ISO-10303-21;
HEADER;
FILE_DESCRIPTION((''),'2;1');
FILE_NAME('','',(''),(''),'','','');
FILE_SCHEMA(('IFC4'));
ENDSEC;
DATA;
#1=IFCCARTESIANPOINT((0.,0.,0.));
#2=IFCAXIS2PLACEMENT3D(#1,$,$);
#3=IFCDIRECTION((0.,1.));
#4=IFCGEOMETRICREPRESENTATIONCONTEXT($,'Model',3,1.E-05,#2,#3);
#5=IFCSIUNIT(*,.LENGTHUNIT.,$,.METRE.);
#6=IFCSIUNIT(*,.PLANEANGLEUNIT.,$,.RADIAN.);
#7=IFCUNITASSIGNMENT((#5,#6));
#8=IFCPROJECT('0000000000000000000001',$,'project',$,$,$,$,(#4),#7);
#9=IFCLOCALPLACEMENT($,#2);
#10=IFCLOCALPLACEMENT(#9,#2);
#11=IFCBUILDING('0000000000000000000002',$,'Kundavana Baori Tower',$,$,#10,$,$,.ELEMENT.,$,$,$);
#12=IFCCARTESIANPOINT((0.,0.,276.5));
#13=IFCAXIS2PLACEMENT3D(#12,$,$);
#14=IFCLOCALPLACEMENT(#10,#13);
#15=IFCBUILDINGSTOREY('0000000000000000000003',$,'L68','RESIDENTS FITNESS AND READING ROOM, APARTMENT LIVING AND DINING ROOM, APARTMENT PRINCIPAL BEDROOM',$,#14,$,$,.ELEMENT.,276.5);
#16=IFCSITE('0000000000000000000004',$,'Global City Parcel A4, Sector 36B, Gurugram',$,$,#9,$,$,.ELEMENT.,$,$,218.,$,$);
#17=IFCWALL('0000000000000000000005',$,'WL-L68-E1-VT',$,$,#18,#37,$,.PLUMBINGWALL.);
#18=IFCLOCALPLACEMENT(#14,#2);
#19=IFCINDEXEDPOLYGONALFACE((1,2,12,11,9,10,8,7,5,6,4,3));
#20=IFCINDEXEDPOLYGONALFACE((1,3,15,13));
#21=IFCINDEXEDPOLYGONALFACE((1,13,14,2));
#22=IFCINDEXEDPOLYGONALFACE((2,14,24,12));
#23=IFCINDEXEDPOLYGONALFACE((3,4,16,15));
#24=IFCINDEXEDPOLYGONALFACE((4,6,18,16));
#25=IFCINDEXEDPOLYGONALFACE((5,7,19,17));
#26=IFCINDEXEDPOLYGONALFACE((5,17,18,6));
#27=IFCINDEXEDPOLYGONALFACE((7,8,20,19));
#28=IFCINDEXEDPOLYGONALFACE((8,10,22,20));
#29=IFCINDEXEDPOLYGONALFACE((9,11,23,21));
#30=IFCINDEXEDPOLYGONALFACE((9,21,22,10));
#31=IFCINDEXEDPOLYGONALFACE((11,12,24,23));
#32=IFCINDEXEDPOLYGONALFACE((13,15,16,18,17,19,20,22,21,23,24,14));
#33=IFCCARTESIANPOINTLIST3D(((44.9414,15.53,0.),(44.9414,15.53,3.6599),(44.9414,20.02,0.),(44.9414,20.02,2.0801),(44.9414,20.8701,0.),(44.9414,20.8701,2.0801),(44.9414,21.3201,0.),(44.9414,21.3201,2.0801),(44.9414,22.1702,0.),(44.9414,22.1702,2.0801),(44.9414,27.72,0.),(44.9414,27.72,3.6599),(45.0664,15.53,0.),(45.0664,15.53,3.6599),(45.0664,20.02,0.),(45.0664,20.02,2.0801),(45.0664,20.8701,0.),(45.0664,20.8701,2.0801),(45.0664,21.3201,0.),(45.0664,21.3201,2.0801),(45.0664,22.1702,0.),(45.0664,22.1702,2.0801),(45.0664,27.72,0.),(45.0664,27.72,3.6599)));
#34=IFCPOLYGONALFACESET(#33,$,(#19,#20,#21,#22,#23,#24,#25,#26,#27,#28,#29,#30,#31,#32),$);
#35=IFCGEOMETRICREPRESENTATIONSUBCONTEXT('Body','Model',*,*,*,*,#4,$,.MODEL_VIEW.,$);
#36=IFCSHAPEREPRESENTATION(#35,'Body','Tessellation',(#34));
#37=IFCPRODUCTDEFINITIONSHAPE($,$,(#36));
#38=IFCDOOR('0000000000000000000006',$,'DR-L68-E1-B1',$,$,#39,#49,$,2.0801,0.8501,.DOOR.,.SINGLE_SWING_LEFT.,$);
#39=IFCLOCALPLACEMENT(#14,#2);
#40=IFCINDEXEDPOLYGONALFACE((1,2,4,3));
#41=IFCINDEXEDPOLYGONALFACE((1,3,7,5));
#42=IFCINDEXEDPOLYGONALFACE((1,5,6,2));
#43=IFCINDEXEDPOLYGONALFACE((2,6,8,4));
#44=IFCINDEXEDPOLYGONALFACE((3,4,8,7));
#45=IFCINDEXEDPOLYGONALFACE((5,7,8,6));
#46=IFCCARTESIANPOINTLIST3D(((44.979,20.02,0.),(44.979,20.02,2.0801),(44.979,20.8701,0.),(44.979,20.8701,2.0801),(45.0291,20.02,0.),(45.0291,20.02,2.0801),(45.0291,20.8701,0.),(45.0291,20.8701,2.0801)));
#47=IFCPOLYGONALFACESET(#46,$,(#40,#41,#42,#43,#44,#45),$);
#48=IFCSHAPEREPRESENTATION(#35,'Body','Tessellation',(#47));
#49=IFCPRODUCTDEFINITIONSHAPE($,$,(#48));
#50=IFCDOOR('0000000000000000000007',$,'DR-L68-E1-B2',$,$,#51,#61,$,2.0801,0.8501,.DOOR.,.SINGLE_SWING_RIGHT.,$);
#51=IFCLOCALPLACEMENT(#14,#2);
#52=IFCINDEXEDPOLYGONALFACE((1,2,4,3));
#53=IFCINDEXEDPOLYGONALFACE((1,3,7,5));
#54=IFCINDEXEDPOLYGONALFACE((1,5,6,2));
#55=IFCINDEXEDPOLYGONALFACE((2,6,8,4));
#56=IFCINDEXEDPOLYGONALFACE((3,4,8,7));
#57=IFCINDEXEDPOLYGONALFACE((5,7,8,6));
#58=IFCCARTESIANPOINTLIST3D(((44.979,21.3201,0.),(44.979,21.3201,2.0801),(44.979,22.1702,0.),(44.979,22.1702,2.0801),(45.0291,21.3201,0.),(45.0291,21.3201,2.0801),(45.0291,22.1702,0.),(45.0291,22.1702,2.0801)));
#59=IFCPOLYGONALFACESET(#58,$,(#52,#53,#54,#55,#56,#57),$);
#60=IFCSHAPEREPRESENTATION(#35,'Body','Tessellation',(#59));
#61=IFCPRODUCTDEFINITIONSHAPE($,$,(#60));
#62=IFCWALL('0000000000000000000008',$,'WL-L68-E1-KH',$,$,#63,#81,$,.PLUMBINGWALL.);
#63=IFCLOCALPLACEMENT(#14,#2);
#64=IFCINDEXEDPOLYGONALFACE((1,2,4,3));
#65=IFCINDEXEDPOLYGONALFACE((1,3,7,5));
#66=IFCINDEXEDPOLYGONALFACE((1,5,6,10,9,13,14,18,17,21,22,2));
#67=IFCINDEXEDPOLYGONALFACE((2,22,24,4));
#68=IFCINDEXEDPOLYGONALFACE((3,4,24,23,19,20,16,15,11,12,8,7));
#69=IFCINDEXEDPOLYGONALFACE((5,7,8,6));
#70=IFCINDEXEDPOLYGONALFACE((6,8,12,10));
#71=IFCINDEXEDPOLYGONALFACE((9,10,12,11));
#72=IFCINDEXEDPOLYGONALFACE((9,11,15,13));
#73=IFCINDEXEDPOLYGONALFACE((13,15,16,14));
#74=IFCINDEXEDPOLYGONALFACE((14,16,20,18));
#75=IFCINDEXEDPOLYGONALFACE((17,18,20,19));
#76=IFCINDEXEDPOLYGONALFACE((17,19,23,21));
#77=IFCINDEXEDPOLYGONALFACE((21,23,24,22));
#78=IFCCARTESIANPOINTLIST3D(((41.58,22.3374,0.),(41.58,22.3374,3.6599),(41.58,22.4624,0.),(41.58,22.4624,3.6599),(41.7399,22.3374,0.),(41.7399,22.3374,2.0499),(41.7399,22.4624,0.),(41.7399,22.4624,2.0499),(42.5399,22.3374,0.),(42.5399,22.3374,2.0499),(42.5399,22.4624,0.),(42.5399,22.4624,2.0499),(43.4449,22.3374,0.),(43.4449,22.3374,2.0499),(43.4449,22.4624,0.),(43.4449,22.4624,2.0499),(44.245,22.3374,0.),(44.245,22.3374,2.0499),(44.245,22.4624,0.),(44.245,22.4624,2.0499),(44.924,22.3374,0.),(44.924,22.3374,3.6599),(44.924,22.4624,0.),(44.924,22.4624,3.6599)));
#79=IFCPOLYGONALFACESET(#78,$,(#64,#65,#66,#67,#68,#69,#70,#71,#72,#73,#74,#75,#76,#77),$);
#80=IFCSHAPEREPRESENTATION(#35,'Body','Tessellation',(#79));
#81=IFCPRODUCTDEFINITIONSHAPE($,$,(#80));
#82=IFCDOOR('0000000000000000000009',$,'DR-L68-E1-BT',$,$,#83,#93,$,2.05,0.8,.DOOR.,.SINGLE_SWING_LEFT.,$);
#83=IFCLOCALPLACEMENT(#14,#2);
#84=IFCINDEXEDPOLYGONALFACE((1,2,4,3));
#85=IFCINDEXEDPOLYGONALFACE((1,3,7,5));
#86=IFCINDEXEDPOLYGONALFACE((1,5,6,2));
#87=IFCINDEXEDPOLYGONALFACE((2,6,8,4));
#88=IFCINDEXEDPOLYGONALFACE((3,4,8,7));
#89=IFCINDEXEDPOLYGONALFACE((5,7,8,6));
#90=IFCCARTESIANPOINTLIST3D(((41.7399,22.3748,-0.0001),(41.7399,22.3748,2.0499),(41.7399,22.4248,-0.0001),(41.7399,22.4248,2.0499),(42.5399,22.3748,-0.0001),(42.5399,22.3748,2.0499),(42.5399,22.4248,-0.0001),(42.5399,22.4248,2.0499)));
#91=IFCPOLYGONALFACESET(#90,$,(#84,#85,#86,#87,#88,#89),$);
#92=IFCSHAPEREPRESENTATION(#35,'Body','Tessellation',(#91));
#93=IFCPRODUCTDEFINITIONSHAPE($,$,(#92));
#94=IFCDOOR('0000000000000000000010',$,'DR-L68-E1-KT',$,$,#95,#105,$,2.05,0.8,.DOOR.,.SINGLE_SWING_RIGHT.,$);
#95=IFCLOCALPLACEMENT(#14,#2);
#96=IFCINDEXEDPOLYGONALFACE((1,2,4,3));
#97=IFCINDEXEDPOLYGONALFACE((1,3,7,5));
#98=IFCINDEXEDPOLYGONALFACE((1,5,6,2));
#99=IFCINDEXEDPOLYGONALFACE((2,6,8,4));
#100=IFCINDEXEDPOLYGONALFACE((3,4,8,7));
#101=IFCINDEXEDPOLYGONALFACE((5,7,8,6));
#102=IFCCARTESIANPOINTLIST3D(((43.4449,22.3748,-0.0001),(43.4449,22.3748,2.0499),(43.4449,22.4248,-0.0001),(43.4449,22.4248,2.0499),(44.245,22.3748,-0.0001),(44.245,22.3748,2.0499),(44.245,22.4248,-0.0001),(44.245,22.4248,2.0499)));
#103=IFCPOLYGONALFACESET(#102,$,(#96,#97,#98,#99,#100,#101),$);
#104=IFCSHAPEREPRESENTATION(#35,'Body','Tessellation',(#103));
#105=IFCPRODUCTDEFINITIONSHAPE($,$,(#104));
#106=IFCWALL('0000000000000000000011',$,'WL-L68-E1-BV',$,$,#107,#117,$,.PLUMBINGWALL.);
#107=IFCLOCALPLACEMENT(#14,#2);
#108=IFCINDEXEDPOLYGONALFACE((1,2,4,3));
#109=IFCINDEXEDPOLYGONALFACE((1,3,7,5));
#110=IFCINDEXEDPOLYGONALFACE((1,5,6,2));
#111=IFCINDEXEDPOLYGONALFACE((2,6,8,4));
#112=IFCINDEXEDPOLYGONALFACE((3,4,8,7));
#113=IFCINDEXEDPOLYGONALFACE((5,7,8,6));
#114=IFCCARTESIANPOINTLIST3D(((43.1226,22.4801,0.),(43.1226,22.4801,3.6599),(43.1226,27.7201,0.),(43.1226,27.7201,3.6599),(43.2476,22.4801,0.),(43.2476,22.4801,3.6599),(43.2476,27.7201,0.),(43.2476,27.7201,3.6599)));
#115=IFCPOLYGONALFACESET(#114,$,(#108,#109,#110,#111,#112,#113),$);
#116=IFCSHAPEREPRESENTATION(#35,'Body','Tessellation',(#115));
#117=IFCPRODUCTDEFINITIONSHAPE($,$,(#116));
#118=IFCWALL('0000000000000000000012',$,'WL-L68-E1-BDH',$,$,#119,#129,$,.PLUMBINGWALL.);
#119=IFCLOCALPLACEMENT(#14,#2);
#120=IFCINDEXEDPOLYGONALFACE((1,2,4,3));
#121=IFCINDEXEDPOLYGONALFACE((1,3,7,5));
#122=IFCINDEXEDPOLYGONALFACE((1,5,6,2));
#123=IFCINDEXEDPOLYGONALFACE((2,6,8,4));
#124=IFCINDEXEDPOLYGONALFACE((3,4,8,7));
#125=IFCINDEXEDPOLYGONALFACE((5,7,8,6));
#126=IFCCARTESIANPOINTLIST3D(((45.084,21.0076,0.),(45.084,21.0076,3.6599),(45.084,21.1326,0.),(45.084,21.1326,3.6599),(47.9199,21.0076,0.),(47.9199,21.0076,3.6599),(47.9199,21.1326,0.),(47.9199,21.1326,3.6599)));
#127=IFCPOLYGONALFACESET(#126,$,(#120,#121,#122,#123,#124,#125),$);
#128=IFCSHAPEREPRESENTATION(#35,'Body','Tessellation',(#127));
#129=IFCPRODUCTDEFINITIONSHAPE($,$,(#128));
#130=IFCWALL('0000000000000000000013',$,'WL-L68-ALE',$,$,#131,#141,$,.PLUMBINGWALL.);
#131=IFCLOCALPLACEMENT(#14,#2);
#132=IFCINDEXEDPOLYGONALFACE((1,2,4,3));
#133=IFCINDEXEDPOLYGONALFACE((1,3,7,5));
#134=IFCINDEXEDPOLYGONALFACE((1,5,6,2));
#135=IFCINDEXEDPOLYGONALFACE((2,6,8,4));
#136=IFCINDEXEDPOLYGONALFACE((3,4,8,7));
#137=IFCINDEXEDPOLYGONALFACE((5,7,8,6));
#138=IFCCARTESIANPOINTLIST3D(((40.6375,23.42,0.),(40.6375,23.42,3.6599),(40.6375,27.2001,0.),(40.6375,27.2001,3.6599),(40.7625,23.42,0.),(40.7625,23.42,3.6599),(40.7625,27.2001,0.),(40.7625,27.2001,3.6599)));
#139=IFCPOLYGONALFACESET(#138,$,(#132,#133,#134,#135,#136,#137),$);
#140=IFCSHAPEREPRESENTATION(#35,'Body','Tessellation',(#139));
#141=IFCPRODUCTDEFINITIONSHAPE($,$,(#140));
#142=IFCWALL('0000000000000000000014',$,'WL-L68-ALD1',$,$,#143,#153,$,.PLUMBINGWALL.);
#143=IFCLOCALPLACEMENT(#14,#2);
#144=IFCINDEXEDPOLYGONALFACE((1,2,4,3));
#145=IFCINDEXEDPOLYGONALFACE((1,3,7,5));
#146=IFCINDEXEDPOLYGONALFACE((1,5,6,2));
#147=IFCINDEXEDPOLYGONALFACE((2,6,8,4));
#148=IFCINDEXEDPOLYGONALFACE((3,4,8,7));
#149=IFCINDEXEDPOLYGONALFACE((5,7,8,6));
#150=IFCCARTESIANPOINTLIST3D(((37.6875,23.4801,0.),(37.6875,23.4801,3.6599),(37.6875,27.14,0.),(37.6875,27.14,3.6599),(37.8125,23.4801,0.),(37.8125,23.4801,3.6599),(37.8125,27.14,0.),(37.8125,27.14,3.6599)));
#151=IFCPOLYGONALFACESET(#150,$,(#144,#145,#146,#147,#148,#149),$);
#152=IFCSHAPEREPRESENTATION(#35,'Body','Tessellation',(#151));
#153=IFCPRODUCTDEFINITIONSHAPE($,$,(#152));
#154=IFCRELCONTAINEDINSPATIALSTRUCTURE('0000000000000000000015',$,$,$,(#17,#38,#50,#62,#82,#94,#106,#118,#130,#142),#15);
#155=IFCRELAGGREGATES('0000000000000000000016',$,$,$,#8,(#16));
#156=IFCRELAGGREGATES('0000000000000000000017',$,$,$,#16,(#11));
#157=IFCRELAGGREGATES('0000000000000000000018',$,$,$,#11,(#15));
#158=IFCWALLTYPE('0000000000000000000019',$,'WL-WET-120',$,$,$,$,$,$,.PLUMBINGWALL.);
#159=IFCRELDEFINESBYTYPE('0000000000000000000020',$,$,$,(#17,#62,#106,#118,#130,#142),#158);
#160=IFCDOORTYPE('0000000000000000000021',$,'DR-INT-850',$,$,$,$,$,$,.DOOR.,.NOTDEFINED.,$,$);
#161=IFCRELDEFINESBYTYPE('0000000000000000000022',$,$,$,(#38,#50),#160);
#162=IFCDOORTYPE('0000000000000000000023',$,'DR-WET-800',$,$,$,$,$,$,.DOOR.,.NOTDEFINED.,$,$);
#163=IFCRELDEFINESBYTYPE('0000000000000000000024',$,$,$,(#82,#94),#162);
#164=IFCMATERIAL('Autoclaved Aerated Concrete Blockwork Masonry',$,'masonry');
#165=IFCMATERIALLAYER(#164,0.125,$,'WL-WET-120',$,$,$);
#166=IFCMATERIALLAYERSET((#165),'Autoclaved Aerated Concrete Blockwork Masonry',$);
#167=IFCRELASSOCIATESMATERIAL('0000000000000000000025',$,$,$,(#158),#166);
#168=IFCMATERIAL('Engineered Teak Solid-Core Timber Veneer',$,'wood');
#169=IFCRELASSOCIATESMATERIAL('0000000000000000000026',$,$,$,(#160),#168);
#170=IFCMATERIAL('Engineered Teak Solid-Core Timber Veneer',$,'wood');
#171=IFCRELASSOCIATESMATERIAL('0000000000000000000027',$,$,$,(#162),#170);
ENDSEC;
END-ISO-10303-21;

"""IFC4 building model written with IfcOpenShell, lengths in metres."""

from ifc_helpers import new_model, si_unit, direction, frame, frame_2d, origin, place, context, subcontext, project, spatial, rectangle, extrude, material, layer, layer_set, type_object, element, fill, save


model = new_model("IFC4")

# Units and contexts
model_context = context("Model", 3, precision=1e-05, world=origin(), true_north=direction((0.0, 1.0)))
body_context = subcontext(model_context, "Body", "Model", "MODEL_VIEW")
ifc_project = project(units=[si_unit("LENGTHUNIT", "METRE"), si_unit("PLANEANGLEUNIT", "RADIAN")], contexts=[model_context])

# Site, building, storey
site_placement = place(None, origin())
site = spatial("IfcSite", under=ifc_project, at=site_placement, Name="Global City Parcel A4, Sector 36B, Gurugram", CompositionType="ELEMENT", RefElevation=218.0)
building_placement = place(site_placement, origin())
building = spatial("IfcBuilding", under=site, at=building_placement, Name="Kundavana Baori Tower", CompositionType="ELEMENT")
storey_placement = place(building_placement, frame((0.0, 0.0, 276.5)))
storey = spatial("IfcBuildingStorey", under=building, at=storey_placement, Name="L68", Description="RESIDENTS FITNESS AND READING ROOM, APARTMENT LIVING AND DINING ROOM, APARTMENT PRINCIPAL BEDROOM", CompositionType="ELEMENT", Elevation=276.5)

# Shared definitions
ifc_material_1 = material(Name="Autoclaved Aerated Concrete Blockwork Masonry", Category="masonry")
ifc_layer = layer(ifc_material_1, 0.125, Name="WL-WET-120")
ifc_layer_set = layer_set([ifc_layer], Name="Autoclaved Aerated Concrete Blockwork Masonry")
wall_type = type_object("IfcWallType", Name="WL-WET-120", PredefinedType="PLUMBINGWALL", material=ifc_layer_set)
ifc_material_2 = material(Name="Engineered Teak Solid-Core Timber Veneer", Category="wood")
door_type_1 = type_object("IfcDoorType", Name="DR-INT-850", OperationType="NOTDEFINED", PredefinedType="DOOR", material=ifc_material_2)
ifc_material_3 = material(Name="Engineered Teak Solid-Core Timber Veneer", Category="wood")
door_type_2 = type_object("IfcDoorType", Name="DR-WET-800", OperationType="NOTDEFINED", PredefinedType="DOOR", material=ifc_material_3)

# Walls, openings, doors
wall_1_placement = place(storey_placement, frame((45.0039, 15.53, 0.0), z_axis=(0.0, 0.0, 1.0), x_axis=(0.0, 1.0, 0.0)))
wall_1 = element("IfcWall", 1, at=wall_1_placement, inside=storey, type_object=wall_type, Name="WL-L68-E1-VT", PredefinedType="PLUMBINGWALL", context=body_context, shape_type="SweptSolid", body=[
    extrude(rectangle(XDim=12.1899, YDim=0.125, at=frame_2d((6.095, 0.0))), origin(), (0.0, 0.0, 1.0), 3.6599),
])
opening_1_placement = place(wall_1_placement, frame((4.49, 0.0, 0.0)))
opening_1 = element("IfcOpeningElement", 2, at=opening_1_placement, cuts=wall_1, PredefinedType="OPENING", context=body_context, shape_type="SweptSolid", body=[
    extrude(rectangle(XDim=0.8501, YDim=2.0801, at=frame_2d((0.425, 1.04))), frame((0.0, 0.0725, 0.0), z_axis=(0.0, -1.0, 0.0), x_axis=(1.0, 0.0, 0.0)), (0.0, 0.0, 1.0), 0.145),
])
opening_2_placement = place(wall_1_placement, frame((5.79, 0.0, 0.0)))
opening_2 = element("IfcOpeningElement", 3, at=opening_2_placement, cuts=wall_1, PredefinedType="OPENING", context=body_context, shape_type="SweptSolid", body=[
    extrude(rectangle(XDim=0.8501, YDim=2.0801, at=frame_2d((0.425, 1.04))), frame((0.0, 0.0725, 0.0), z_axis=(0.0, -1.0, 0.0), x_axis=(1.0, 0.0, 0.0)), (0.0, 0.0, 1.0), 0.145),
])
door_1_placement = place(opening_1_placement, origin())
door_1 = element("IfcDoor", 4, at=door_1_placement, inside=storey, type_object=door_type_1, Name="DR-L68-E1-B1", OperationType="SINGLE_SWING_LEFT", OverallHeight=2.0801, OverallWidth=0.8501, PredefinedType="DOOR", context=body_context, shape_type="SweptSolid", body=[
    extrude(rectangle(XDim=0.8501, YDim=2.0801, at=frame_2d((0.425, 1.04))), frame((0.0, 0.0249, 0.0), z_axis=(0.0, -1.0, 0.0), x_axis=(1.0, 0.0, 0.0)), (0.0, 0.0, 1.0), 0.05),
])
fill(opening_1, door_1)
door_2_placement = place(opening_2_placement, origin())
door_2 = element("IfcDoor", 5, at=door_2_placement, inside=storey, type_object=door_type_1, Name="DR-L68-E1-B2", OperationType="SINGLE_SWING_RIGHT", OverallHeight=2.0801, OverallWidth=0.8501, PredefinedType="DOOR", context=body_context, shape_type="SweptSolid", body=[
    extrude(rectangle(XDim=0.8501, YDim=2.0801, at=frame_2d((0.425, 1.04))), frame((0.0, 0.0249, 0.0), z_axis=(0.0, -1.0, 0.0), x_axis=(1.0, 0.0, 0.0)), (0.0, 0.0, 1.0), 0.05),
])
fill(opening_2, door_2)
wall_2_placement = place(storey_placement, frame((41.5801, 22.3999, 0.0), z_axis=(0.0, 0.0, 1.0), x_axis=(1.0, 0.0, 0.0)))
wall_2 = element("IfcWall", 6, at=wall_2_placement, inside=storey, type_object=wall_type, Name="WL-L68-E1-KH", PredefinedType="PLUMBINGWALL", context=body_context, shape_type="SweptSolid", body=[
    extrude(rectangle(XDim=3.344, YDim=0.125, at=frame_2d((1.6719, 0.0))), origin(), (0.0, 0.0, 1.0), 3.6599),
])
opening_3_placement = place(wall_2_placement, frame((0.1599, 0.0, 0.0)))
opening_3 = element("IfcOpeningElement", 7, at=opening_3_placement, cuts=wall_2, PredefinedType="OPENING", context=body_context, shape_type="SweptSolid", body=[
    extrude(rectangle(XDim=0.8, YDim=2.05, at=frame_2d((0.3999, 1.0249))), frame((0.0, 0.0725, 0.0), z_axis=(0.0, -1.0, 0.0), x_axis=(1.0, 0.0, 0.0)), (0.0, 0.0, 1.0), 0.145),
])
opening_4_placement = place(wall_2_placement, frame((1.865, 0.0, 0.0)))
opening_4 = element("IfcOpeningElement", 8, at=opening_4_placement, cuts=wall_2, PredefinedType="OPENING", context=body_context, shape_type="SweptSolid", body=[
    extrude(rectangle(XDim=0.8, YDim=2.05, at=frame_2d((0.3999, 1.0249))), frame((0.0, 0.0725, 0.0), z_axis=(0.0, -1.0, 0.0), x_axis=(1.0, 0.0, 0.0)), (0.0, 0.0, 1.0), 0.145),
])
door_3_placement = place(opening_3_placement, origin())
door_3 = element("IfcDoor", 9, at=door_3_placement, inside=storey, type_object=door_type_2, Name="DR-L68-E1-BT", OperationType="SINGLE_SWING_LEFT", OverallHeight=2.05, OverallWidth=0.8, PredefinedType="DOOR", context=body_context, shape_type="SweptSolid", body=[
    extrude(rectangle(XDim=0.8, YDim=2.05, at=frame_2d((0.3999, 1.0249))), frame((0.0, 0.0249, 0.0), z_axis=(0.0, -1.0, 0.0), x_axis=(1.0, 0.0, 0.0)), (0.0, 0.0, 1.0), 0.05),
])
fill(opening_3, door_3)
door_4_placement = place(opening_4_placement, origin())
door_4 = element("IfcDoor", 10, at=door_4_placement, inside=storey, type_object=door_type_2, Name="DR-L68-E1-KT", OperationType="SINGLE_SWING_RIGHT", OverallHeight=2.05, OverallWidth=0.8, PredefinedType="DOOR", context=body_context, shape_type="SweptSolid", body=[
    extrude(rectangle(XDim=0.8, YDim=2.05, at=frame_2d((0.3999, 1.0249))), frame((0.0, 0.0249, 0.0), z_axis=(0.0, -1.0, 0.0), x_axis=(1.0, 0.0, 0.0)), (0.0, 0.0, 1.0), 0.05),
])
fill(opening_4, door_4)

# Walls
wall_3_placement = place(storey_placement, frame((43.1851, 22.48, 0.0), z_axis=(0.0, 0.0, 1.0), x_axis=(0.0, 1.0, 0.0)))
element("IfcWall", 11, at=wall_3_placement, inside=storey, type_object=wall_type, Name="WL-L68-E1-BV", PredefinedType="PLUMBINGWALL", context=body_context, shape_type="SweptSolid", body=[
    extrude(rectangle(XDim=5.24, YDim=0.125, at=frame_2d((2.6201, 0.0))), origin(), (0.0, 0.0, 1.0), 3.6599),
])
wall_4_placement = place(storey_placement, frame((45.084, 21.0701, 0.0), z_axis=(0.0, 0.0, 1.0), x_axis=(1.0, 0.0, 0.0)))
element("IfcWall", 12, at=wall_4_placement, inside=storey, type_object=wall_type, Name="WL-L68-E1-BDH", PredefinedType="PLUMBINGWALL", context=body_context, shape_type="SweptSolid", body=[
    extrude(rectangle(XDim=2.8359, YDim=0.125, at=frame_2d((1.418, 0.0))), origin(), (0.0, 0.0, 1.0), 3.6599),
])
wall_5_placement = place(storey_placement, frame((40.7, 23.4199, 0.0), z_axis=(0.0, 0.0, 1.0), x_axis=(0.0, 1.0, 0.0)))
element("IfcWall", 13, at=wall_5_placement, inside=storey, type_object=wall_type, Name="WL-L68-ALE", PredefinedType="PLUMBINGWALL", context=body_context, shape_type="SweptSolid", body=[
    extrude(rectangle(XDim=3.78, YDim=0.125, at=frame_2d((1.8901, 0.0))), origin(), (0.0, 0.0, 1.0), 3.6599),
])
wall_6_placement = place(storey_placement, frame((37.75, 23.48, 0.0), z_axis=(0.0, 0.0, 1.0), x_axis=(0.0, 1.0, 0.0)))
element("IfcWall", 14, at=wall_6_placement, inside=storey, type_object=wall_type, Name="WL-L68-ALD1", PredefinedType="PLUMBINGWALL", context=body_context, shape_type="SweptSolid", body=[
    extrude(rectangle(XDim=3.6599, YDim=0.125, at=frame_2d((1.8301, 0.0))), origin(), (0.0, 0.0, 1.0), 3.6599),
])

save(model, "model.ifc")
